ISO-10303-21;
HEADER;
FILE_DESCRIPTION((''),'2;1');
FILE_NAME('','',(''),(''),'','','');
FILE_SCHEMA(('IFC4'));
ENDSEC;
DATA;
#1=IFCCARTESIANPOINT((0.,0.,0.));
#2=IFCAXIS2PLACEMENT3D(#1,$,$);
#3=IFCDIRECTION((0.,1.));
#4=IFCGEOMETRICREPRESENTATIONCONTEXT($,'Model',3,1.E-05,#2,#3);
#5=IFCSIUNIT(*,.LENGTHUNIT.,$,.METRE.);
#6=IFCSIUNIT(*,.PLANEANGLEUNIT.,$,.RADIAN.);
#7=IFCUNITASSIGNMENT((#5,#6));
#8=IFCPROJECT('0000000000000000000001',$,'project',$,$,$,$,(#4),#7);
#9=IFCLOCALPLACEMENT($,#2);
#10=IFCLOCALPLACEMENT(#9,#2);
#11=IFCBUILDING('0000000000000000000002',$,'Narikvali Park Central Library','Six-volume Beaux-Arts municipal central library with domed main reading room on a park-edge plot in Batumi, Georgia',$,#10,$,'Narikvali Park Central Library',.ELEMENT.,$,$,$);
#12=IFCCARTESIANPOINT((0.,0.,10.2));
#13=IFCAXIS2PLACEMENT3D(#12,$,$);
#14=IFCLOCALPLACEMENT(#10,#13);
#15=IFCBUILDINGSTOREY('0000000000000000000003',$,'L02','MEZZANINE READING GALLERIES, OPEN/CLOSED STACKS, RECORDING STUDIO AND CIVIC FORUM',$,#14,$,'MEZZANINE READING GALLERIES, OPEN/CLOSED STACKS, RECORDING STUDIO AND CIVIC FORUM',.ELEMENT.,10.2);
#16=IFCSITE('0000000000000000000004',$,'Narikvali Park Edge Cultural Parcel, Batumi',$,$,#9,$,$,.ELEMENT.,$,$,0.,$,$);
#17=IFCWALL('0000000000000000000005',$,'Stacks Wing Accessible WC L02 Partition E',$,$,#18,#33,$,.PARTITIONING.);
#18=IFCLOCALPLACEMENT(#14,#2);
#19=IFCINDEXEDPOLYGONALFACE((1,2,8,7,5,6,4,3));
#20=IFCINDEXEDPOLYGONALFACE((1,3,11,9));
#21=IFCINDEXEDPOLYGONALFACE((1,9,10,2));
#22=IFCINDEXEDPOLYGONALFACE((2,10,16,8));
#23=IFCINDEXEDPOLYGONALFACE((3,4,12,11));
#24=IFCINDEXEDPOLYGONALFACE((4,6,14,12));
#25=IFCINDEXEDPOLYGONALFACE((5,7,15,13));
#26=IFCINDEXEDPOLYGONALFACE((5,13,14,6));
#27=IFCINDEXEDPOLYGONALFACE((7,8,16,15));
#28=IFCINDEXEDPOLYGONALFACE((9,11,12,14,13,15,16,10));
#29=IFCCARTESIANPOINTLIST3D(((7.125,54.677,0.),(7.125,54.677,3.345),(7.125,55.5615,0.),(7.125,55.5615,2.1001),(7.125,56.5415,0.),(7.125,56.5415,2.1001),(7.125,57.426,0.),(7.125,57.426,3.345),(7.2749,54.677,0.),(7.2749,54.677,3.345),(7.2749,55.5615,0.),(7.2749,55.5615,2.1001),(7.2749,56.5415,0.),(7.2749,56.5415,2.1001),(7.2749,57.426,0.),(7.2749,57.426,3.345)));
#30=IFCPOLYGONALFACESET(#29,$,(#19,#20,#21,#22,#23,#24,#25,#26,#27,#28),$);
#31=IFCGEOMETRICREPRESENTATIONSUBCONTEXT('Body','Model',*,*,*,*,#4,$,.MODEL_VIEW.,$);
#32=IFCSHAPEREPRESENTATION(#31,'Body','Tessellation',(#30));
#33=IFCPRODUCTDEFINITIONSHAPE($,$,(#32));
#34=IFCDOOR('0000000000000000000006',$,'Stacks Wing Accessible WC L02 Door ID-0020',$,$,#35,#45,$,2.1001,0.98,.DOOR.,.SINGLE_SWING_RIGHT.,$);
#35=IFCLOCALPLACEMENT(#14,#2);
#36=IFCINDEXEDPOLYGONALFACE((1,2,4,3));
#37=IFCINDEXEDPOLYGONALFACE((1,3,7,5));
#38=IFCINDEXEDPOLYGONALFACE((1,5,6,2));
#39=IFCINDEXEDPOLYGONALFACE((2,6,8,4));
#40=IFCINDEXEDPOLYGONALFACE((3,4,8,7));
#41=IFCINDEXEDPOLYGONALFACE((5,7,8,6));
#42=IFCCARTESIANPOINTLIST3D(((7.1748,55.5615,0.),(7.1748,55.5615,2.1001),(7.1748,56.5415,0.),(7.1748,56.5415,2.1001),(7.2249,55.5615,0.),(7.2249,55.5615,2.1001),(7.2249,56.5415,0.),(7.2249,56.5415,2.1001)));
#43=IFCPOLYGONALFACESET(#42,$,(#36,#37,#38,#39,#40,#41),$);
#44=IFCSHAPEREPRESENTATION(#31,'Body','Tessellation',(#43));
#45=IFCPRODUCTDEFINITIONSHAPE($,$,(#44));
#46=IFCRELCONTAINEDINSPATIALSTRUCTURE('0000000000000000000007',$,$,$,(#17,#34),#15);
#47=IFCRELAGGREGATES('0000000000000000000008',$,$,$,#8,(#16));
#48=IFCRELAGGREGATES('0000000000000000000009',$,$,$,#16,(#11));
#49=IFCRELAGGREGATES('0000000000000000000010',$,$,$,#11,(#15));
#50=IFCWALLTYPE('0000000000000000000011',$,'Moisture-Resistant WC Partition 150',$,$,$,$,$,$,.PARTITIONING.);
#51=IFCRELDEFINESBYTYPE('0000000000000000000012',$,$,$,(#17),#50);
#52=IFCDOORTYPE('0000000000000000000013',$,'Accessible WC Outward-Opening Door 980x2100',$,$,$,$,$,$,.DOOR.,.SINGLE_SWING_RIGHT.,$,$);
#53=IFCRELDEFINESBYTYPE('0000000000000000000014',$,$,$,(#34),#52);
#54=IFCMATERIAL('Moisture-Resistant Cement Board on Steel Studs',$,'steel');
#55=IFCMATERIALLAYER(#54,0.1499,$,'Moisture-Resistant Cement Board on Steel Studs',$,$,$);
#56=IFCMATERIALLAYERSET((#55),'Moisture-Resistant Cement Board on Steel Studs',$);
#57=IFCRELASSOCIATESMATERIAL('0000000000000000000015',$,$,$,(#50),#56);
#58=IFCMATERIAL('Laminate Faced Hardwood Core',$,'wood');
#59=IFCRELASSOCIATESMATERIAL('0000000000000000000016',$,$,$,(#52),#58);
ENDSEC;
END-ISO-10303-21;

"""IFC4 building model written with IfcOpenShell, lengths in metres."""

from ifc_helpers import new_model, si_unit, direction, frame, frame_2d, origin, place, context, subcontext, project, spatial, rectangle, extrude, material, layer, layer_set, type_object, element, fill, save


model = new_model("IFC4")

# Units and contexts
model_context = context("Model", 3, precision=1e-05, world=origin(), true_north=direction((0.0, 1.0)))
body_context = subcontext(model_context, "Body", "Model", "MODEL_VIEW")
ifc_project = project(units=[si_unit("LENGTHUNIT", "METRE"), si_unit("PLANEANGLEUNIT", "RADIAN")], contexts=[model_context])

# Site, building, storey
site_placement = place(None, origin())
site = spatial("IfcSite", under=ifc_project, at=site_placement, Name="Narikvali Park Edge Cultural Parcel, Batumi", CompositionType="ELEMENT", RefElevation=0.0)
building_placement = place(site_placement, origin())
building = spatial("IfcBuilding", under=site, at=building_placement, Name="Narikvali Park Central Library", Description="Six-volume Beaux-Arts municipal central library with domed main reading room on a park-edge plot in Batumi, Georgia", LongName="Narikvali Park Central Library", CompositionType="ELEMENT")
storey_placement = place(building_placement, frame((0.0, 0.0, 10.2)))
storey = spatial("IfcBuildingStorey", under=building, at=storey_placement, Name="L02", Description="MEZZANINE READING GALLERIES, OPEN/CLOSED STACKS, RECORDING STUDIO AND CIVIC FORUM", LongName="MEZZANINE READING GALLERIES, OPEN/CLOSED STACKS, RECORDING STUDIO AND CIVIC FORUM", CompositionType="ELEMENT", Elevation=10.2)

# Wall, opening, door
ifc_material_1 = material(Name="Moisture-Resistant Cement Board on Steel Studs", Category="steel")
ifc_layer = layer(ifc_material_1, 0.1499, Name="Moisture-Resistant Cement Board on Steel Studs")
ifc_layer_set = layer_set([ifc_layer], Name="Moisture-Resistant Cement Board on Steel Studs")
wall_type = type_object("IfcWallType", Name="Moisture-Resistant WC Partition 150", PredefinedType="PARTITIONING", material=ifc_layer_set)
wall_placement = place(storey_placement, frame((7.2, 54.677, 0.0), z_axis=(0.0, 0.0, 1.0), x_axis=(0.0, 1.0, 0.0)))
wall = element("IfcWall", 1, at=wall_placement, inside=storey, type_object=wall_type, Name="Stacks Wing Accessible WC L02 Partition E", PredefinedType="PARTITIONING", context=body_context, shape_type="SweptSolid", body=[
    extrude(rectangle(XDim=2.749, YDim=0.1499, at=frame_2d((1.3745, 0.0))), origin(), (0.0, 0.0, 1.0), 3.345),
])
opening_placement = place(wall_placement, frame((0.8845, 0.0, 0.0)))
opening = element("IfcOpeningElement", 2, at=opening_placement, cuts=wall, PredefinedType="OPENING", context=body_context, shape_type="SweptSolid", body=[
    extrude(rectangle(XDim=0.98, YDim=2.1001, at=frame_2d((0.49, 1.05))), frame((0.0, 0.0869, 0.0), z_axis=(0.0, -1.0, 0.0), x_axis=(1.0, 0.0, 0.0)), (0.0, 0.0, 1.0), 0.1738),
])
ifc_material_2 = material(Name="Laminate Faced Hardwood Core", Category="wood")
door_type = type_object("IfcDoorType", Name="Accessible WC Outward-Opening Door 980x2100", OperationType="SINGLE_SWING_RIGHT", PredefinedType="DOOR", material=ifc_material_2)
door_placement = place(opening_placement, frame((0.98, 0.0, 0.0), z_axis=(0.0, 0.0, 1.0), x_axis=(-1.0, 0.0, 0.0)))
door = element("IfcDoor", 3, at=door_placement, inside=storey, type_object=door_type, Name="Stacks Wing Accessible WC L02 Door ID-0020", OperationType="SINGLE_SWING_RIGHT", OverallHeight=2.1001, OverallWidth=0.98, PredefinedType="DOOR", context=body_context, shape_type="SweptSolid", body=[
    extrude(rectangle(XDim=0.98, YDim=2.1001, at=frame_2d((0.49, 1.05))), frame((0.0, 0.0249, 0.0), z_axis=(0.0, -1.0, 0.0), x_axis=(1.0, 0.0, 0.0)), (0.0, 0.0, 1.0), 0.05),
])
fill(opening, door)

save(model, "model.ifc")
